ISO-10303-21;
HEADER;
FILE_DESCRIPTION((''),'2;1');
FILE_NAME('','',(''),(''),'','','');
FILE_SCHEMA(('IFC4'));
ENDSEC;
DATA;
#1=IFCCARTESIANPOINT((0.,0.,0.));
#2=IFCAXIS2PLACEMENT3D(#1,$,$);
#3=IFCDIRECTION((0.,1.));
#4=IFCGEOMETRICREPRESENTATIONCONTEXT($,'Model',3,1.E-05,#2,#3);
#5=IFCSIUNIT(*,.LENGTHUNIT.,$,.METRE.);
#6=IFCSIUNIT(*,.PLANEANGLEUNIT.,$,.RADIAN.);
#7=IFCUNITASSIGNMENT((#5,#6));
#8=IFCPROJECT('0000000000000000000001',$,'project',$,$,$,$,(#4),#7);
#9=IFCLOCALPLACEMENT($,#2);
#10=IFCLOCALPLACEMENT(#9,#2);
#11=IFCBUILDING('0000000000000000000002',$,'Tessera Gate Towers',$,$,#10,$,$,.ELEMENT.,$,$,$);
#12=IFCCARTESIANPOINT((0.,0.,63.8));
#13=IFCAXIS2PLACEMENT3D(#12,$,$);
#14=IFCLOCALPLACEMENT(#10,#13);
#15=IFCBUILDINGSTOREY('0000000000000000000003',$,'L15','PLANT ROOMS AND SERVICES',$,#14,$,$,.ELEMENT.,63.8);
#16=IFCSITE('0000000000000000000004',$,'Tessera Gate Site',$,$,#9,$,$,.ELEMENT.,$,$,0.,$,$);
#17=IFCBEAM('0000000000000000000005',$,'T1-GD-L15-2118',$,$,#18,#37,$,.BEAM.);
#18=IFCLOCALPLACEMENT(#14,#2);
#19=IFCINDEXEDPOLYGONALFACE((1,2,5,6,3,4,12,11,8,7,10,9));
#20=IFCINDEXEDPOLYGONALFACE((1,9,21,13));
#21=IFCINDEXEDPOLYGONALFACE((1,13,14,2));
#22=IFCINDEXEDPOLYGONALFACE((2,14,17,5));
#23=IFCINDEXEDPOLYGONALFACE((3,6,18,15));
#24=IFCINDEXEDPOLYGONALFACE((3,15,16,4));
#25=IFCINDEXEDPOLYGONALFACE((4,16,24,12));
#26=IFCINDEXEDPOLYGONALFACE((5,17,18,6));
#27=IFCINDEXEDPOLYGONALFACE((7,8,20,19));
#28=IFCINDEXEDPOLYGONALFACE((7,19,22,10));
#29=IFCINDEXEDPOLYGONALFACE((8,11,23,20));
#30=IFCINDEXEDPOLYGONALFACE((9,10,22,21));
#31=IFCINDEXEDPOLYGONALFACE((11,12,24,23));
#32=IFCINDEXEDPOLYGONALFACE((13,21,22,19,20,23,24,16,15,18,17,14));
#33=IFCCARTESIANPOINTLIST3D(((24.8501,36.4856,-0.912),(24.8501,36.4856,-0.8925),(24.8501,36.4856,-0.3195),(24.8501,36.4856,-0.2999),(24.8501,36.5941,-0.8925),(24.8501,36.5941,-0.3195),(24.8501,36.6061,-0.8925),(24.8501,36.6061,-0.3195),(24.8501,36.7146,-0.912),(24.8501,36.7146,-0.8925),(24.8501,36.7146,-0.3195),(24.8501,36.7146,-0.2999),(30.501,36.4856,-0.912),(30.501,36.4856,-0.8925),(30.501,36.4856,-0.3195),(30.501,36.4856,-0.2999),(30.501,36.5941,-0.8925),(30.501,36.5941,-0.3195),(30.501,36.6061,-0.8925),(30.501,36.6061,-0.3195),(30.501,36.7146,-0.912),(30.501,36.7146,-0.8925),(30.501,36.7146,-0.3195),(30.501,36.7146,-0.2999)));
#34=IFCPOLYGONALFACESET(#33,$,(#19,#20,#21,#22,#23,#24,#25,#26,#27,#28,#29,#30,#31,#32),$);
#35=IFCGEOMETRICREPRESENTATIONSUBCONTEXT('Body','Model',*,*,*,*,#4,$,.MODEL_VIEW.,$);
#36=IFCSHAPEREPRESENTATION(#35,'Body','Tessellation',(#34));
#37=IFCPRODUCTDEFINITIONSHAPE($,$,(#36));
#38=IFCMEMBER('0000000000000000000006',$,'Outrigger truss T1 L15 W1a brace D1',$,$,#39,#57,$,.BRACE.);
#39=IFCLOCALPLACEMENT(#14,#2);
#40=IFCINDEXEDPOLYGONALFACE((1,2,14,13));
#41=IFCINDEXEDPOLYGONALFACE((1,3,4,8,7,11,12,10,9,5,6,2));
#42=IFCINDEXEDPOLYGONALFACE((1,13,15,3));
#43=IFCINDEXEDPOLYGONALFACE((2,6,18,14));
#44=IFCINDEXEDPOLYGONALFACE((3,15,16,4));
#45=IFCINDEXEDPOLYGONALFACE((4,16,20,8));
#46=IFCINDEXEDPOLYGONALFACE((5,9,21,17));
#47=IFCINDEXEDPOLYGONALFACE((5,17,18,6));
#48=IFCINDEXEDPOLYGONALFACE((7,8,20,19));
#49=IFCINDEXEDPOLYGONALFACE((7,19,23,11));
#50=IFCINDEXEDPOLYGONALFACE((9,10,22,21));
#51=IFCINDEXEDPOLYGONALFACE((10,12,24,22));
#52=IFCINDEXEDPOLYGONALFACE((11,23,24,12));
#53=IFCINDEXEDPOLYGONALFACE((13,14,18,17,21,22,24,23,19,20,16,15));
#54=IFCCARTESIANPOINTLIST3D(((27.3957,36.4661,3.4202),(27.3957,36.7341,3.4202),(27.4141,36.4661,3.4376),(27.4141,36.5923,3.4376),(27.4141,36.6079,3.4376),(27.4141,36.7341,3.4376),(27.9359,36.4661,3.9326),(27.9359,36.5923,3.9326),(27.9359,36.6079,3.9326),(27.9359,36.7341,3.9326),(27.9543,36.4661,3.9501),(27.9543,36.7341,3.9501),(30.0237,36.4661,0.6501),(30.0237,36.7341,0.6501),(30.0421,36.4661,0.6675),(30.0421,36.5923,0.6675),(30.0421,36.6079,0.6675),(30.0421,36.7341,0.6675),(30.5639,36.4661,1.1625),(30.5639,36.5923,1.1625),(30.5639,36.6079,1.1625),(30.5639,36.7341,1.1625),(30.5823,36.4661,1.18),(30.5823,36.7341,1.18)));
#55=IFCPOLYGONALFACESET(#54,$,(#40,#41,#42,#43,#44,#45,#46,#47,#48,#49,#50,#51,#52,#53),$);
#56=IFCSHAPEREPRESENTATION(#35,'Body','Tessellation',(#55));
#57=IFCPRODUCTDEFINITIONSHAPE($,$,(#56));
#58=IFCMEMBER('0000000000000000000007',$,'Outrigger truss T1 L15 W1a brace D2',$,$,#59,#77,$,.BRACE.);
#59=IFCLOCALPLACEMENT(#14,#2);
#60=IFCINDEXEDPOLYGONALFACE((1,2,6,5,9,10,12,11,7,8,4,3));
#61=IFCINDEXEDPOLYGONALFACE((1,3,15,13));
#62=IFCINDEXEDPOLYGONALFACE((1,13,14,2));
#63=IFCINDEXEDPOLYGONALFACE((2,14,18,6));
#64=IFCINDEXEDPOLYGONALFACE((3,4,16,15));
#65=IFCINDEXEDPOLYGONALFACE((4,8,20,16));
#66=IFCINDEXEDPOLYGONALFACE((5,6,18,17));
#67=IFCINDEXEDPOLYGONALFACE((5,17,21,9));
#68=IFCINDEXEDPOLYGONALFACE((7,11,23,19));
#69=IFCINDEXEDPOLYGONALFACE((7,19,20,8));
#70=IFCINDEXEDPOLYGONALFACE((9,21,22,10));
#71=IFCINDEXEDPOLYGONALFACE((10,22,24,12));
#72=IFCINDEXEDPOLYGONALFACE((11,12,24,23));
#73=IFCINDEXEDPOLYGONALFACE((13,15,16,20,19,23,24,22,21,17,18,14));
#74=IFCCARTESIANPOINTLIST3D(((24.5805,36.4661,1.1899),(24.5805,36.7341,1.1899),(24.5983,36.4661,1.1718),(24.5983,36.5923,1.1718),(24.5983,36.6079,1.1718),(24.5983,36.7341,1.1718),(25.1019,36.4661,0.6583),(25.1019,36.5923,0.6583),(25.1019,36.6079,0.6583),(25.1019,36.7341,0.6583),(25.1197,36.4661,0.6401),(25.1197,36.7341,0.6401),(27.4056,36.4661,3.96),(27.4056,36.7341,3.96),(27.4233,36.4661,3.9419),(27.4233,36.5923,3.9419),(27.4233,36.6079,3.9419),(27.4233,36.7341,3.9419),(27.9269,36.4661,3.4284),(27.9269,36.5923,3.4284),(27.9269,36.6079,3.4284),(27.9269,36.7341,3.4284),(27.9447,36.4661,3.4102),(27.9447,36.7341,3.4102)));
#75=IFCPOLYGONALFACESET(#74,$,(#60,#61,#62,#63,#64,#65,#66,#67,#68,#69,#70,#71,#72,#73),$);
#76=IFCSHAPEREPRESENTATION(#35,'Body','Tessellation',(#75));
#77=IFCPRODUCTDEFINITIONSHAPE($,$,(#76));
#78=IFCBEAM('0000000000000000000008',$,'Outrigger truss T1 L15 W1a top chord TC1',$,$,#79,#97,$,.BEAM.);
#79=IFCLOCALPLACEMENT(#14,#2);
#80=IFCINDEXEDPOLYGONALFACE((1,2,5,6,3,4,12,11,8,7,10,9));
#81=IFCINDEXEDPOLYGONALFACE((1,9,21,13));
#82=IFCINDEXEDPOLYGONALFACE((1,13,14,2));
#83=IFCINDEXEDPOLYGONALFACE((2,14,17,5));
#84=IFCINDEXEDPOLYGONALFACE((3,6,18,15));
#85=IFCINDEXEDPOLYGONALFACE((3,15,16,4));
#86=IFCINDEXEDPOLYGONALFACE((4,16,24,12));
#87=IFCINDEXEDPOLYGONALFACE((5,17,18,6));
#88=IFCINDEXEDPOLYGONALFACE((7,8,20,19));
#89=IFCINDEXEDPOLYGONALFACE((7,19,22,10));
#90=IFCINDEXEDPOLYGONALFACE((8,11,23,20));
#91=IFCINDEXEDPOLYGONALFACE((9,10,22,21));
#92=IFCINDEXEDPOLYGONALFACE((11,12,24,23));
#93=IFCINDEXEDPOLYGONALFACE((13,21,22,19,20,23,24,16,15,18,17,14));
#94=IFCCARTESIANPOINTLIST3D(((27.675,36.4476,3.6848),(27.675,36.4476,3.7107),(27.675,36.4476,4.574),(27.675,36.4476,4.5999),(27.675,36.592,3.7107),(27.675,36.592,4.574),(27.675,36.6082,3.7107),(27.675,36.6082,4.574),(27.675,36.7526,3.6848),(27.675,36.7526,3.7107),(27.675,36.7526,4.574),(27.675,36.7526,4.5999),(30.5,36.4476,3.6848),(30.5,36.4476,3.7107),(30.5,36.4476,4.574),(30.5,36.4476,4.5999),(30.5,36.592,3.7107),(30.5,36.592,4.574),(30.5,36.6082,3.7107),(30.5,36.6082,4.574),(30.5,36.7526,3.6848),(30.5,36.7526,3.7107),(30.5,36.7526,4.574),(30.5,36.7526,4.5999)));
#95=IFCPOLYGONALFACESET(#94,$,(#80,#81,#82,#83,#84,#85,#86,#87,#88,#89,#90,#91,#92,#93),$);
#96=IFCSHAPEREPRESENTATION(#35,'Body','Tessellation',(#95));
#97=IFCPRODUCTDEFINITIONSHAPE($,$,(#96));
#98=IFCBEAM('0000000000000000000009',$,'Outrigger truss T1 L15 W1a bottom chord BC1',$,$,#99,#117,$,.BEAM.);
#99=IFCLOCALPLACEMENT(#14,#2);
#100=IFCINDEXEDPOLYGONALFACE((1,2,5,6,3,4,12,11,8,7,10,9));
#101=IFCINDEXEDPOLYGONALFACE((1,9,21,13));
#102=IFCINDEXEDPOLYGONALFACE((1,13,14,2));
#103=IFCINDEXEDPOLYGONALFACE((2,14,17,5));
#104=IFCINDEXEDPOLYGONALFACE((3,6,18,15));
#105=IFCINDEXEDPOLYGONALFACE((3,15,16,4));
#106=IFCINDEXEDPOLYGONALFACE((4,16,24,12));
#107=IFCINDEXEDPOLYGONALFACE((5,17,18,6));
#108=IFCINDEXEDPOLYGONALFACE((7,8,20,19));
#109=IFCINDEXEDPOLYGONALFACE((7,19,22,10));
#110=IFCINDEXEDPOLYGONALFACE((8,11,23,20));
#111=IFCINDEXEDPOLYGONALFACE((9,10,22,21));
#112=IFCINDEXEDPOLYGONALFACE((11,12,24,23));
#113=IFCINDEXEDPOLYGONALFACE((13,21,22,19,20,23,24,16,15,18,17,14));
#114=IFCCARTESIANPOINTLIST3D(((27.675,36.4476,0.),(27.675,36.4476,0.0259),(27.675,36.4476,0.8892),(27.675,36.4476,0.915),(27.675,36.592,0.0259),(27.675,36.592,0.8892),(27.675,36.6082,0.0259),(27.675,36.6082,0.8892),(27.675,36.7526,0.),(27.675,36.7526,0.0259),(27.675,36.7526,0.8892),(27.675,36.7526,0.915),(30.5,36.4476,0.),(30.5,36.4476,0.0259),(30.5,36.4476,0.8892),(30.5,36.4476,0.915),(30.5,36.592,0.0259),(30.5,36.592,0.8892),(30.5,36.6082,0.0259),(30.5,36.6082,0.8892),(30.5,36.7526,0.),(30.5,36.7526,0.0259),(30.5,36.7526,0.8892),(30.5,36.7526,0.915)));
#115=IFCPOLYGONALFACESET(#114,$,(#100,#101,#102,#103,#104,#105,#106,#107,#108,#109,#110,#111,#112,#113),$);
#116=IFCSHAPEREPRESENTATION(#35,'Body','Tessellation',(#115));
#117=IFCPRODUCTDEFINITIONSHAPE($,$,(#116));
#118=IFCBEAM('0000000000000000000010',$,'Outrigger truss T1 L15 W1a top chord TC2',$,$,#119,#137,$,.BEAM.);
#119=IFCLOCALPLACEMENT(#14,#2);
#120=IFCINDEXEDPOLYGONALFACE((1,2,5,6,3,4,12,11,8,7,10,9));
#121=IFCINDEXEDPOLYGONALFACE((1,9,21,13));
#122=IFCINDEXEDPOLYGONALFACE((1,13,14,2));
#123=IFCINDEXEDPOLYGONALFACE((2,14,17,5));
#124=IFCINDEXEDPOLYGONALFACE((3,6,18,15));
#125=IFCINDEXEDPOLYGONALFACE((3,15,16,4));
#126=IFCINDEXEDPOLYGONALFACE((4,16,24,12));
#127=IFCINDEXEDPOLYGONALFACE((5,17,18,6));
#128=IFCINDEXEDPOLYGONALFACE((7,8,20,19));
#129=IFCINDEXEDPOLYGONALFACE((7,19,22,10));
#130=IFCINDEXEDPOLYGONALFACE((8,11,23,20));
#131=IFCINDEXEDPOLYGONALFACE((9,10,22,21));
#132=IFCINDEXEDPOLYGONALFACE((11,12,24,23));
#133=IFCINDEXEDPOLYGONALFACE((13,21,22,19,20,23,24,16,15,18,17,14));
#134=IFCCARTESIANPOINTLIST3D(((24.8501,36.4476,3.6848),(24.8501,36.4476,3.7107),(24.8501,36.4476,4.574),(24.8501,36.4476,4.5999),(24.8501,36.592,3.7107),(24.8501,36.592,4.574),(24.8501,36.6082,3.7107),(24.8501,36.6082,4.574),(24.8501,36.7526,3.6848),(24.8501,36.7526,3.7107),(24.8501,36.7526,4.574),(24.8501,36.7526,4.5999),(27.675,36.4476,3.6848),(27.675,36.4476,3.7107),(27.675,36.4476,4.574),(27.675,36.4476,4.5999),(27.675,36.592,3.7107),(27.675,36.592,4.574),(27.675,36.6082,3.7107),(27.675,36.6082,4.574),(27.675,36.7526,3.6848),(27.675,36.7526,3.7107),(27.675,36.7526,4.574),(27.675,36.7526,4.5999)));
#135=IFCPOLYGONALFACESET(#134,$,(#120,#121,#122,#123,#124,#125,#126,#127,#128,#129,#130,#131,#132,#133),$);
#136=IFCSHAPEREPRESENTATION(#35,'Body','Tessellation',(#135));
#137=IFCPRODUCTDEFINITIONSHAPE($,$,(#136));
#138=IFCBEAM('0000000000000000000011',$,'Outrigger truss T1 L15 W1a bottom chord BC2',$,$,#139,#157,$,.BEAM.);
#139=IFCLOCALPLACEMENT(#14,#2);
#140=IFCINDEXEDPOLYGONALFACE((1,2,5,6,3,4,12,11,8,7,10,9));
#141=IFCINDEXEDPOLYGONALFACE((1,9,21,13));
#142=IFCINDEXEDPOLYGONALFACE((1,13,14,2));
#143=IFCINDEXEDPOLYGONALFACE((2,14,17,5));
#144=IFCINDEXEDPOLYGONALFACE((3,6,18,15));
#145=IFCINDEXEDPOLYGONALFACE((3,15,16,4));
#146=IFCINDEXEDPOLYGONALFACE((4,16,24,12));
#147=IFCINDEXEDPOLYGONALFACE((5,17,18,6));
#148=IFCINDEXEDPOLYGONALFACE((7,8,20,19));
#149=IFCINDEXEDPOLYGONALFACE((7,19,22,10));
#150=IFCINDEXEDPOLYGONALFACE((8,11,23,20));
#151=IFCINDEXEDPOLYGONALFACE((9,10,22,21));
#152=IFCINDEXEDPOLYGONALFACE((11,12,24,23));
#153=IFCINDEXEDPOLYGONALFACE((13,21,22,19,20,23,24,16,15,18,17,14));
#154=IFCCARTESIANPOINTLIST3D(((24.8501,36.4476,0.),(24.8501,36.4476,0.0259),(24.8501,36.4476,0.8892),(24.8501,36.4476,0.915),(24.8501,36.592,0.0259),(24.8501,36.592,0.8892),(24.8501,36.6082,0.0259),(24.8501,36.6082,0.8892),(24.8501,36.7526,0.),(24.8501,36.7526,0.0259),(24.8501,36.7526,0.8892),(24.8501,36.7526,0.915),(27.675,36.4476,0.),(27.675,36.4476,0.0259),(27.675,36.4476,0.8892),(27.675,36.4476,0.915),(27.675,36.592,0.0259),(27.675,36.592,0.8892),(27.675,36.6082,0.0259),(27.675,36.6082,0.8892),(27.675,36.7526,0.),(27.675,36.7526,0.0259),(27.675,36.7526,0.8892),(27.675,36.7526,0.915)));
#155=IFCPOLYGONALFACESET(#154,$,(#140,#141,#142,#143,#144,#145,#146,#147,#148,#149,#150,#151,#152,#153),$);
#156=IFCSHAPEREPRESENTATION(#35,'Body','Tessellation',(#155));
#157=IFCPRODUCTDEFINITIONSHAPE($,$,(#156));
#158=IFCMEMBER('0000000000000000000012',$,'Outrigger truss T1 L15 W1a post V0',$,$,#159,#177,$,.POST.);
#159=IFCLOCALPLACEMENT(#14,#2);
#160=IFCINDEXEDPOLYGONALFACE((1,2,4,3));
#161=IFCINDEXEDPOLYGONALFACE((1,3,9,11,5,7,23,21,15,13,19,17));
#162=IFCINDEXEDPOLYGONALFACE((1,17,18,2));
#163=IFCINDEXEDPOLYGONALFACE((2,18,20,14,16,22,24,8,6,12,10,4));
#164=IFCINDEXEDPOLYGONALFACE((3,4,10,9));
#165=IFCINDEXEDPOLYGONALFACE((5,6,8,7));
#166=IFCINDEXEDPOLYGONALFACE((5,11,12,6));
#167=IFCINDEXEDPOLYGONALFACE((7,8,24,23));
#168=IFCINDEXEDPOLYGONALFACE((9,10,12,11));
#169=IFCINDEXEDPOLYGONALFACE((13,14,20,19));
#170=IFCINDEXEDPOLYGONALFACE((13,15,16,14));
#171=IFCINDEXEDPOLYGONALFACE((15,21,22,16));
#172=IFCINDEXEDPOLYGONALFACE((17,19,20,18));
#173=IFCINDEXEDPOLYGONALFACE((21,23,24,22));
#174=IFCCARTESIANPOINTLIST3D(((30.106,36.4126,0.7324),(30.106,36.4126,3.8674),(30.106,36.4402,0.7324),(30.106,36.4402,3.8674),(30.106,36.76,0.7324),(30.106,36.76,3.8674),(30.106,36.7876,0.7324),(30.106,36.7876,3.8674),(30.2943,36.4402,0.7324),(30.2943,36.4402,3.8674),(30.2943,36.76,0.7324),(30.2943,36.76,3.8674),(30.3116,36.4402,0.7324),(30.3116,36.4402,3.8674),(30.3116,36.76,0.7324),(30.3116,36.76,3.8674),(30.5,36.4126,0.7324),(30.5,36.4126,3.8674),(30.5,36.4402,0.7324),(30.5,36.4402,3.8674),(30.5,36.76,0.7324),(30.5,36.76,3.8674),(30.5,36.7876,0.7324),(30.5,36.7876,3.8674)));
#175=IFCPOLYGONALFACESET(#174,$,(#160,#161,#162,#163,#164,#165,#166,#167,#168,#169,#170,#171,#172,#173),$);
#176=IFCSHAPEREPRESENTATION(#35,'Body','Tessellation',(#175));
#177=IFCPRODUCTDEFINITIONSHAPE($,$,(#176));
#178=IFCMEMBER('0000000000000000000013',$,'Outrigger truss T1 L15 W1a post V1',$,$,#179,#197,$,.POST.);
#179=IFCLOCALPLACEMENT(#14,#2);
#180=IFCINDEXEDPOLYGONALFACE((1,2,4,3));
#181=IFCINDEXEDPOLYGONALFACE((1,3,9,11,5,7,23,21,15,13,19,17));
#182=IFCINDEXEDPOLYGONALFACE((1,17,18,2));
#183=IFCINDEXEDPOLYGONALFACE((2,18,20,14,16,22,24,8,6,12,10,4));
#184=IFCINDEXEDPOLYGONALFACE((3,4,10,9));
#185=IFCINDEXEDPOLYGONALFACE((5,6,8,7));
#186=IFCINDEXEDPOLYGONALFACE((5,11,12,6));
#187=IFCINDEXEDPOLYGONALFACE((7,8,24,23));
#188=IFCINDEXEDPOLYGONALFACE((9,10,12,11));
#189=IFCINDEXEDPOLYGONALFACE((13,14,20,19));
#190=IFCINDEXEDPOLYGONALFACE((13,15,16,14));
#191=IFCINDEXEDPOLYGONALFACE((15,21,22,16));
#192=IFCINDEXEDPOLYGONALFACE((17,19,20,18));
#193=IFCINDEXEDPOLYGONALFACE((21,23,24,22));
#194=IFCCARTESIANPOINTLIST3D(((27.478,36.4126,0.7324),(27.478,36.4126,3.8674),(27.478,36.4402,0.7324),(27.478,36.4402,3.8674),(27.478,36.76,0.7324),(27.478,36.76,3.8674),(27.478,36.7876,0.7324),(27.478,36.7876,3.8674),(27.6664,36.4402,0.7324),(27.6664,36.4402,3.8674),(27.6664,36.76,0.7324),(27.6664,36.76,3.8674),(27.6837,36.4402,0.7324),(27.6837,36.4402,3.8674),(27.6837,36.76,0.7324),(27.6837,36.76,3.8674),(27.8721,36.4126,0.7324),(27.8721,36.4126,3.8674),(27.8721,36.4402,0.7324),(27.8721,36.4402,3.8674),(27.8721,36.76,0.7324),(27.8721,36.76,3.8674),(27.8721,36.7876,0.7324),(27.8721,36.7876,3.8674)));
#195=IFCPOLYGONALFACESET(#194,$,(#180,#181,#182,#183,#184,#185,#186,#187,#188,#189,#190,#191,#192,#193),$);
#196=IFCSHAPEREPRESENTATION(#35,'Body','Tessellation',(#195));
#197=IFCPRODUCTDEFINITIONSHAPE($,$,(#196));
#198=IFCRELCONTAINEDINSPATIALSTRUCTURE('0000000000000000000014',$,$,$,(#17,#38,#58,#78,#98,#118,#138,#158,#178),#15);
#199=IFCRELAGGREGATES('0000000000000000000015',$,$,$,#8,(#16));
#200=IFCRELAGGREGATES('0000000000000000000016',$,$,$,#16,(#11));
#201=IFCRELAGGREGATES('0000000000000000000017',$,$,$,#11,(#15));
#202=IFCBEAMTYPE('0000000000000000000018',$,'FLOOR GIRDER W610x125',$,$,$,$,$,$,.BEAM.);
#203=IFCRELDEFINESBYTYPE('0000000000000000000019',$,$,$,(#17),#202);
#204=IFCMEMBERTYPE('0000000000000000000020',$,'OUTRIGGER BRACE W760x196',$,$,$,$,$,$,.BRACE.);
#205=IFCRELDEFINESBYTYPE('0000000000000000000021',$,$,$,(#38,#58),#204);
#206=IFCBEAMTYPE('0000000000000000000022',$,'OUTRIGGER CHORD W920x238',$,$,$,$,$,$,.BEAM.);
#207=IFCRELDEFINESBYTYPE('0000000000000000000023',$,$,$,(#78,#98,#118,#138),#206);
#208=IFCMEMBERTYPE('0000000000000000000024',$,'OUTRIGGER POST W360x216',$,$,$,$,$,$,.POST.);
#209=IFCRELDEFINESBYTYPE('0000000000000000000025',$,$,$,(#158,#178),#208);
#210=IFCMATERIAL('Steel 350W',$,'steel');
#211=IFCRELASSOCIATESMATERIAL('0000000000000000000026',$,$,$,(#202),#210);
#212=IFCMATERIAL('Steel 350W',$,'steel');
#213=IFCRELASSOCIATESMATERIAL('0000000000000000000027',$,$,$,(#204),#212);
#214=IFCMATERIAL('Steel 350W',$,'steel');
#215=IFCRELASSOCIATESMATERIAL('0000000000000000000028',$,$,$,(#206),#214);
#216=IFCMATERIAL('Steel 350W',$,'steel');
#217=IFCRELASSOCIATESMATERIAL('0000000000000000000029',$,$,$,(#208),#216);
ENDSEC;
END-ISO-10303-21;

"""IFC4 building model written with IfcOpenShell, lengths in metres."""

from ifc_helpers import new_model, si_unit, direction, frame, origin, origin_2d, place, context, subcontext, project, spatial, i_section, extrude, material, material_profile, profile_set, type_object, element, save


model = new_model("IFC4")

# Units and contexts
model_context = context("Model", 3, precision=1e-05, world=origin(), true_north=direction((0.0, 1.0)))
body_context = subcontext(model_context, "Body", "Model", "MODEL_VIEW")
ifc_project = project(units=[si_unit("LENGTHUNIT", "METRE"), si_unit("PLANEANGLEUNIT", "RADIAN")], contexts=[model_context])

# Site, building, storey
site_placement = place(None, origin())
site = spatial("IfcSite", under=ifc_project, at=site_placement, Name="Tessera Gate Site", CompositionType="ELEMENT", RefElevation=0.0)
building_placement = place(site_placement, origin())
building = spatial("IfcBuilding", under=site, at=building_placement, Name="Tessera Gate Towers", CompositionType="ELEMENT")
storey_placement = place(building_placement, frame((0.0, 0.0, 63.8)))
storey = spatial("IfcBuildingStorey", under=building, at=storey_placement, Name="L15", Description="PLANT ROOMS AND SERVICES", CompositionType="ELEMENT", Elevation=63.8)

# Beam
ifc_material_1 = material(Name="Steel 350W", Category="steel")
ifc_material_profile_1 = material_profile(ifc_material_1, i_section(OverallWidth=0.229, OverallDepth=0.6121, WebThickness=0.012, FlangeThickness=0.0195, at=origin_2d()), Name="W610x125")
ifc_profile_set_1 = profile_set([ifc_material_profile_1], Name="Steel 350W")
beam_type_1 = type_object("IfcBeamType", Name="FLOOR GIRDER W610x125", PredefinedType="BEAM", material=ifc_profile_set_1)
beam_placement = place(storey_placement, frame((24.8501, 36.6001, -0.606), z_axis=(1.0, 0.0, 0.0), x_axis=(0.0, 1.0, 0.0)))
element("IfcBeam", 1, at=beam_placement, inside=storey, type_object=beam_type_1, Name="T1-GD-L15-2118", PredefinedType="BEAM", context=body_context, shape_type="SweptSolid", body=[
    extrude(i_section(OverallWidth=0.229, OverallDepth=0.6121, WebThickness=0.012, FlangeThickness=0.0195, at=origin_2d()), origin(), (0.0, 0.0, 1.0), 5.6509),
])

# Members
ifc_material_2 = material(Name="Steel 350W", Category="steel")
ifc_material_profile_2 = material_profile(ifc_material_2, i_section(OverallWidth=0.2681, OverallDepth=0.77, WebThickness=0.0156, FlangeThickness=0.0254, at=origin_2d()), Name="W760x196")
ifc_profile_set_2 = profile_set([ifc_material_profile_2], Name="Steel 350W")
member_type_1 = type_object("IfcMemberType", Name="OUTRIGGER BRACE W760x196", PredefinedType="BRACE", material=ifc_profile_set_2)
member_1_placement = place(storey_placement, frame((30.303, 36.6001, 0.915), z_axis=(-0.688255, 0.0, 0.725469), x_axis=(0.0, -1.0, 0.0)))
element("IfcMember", 2, at=member_1_placement, inside=storey, type_object=member_type_1, Name="Outrigger truss T1 L15 W1a brace D1", PredefinedType="BRACE", context=body_context, shape_type="SweptSolid", body=[
    extrude(i_section(OverallWidth=0.2681, OverallDepth=0.77, WebThickness=0.0156, FlangeThickness=0.0254, at=origin_2d()), origin(), (0.0, 0.0, 1.0), 3.8184),
])
member_2_placement = place(storey_placement, frame((24.8501, 36.6001, 0.915), z_axis=(0.714015, 0.0, 0.700131), x_axis=(0.0, 1.0, 0.0)))
element("IfcMember", 3, at=member_2_placement, inside=storey, type_object=member_type_1, Name="Outrigger truss T1 L15 W1a brace D2", PredefinedType="BRACE", context=body_context, shape_type="SweptSolid", body=[
    extrude(i_section(OverallWidth=0.2681, OverallDepth=0.77, WebThickness=0.0156, FlangeThickness=0.0254, at=origin_2d()), origin(), (0.0, 0.0, 1.0), 3.9565),
])

# Beams
ifc_material_3 = material(Name="Steel 350W", Category="steel")
ifc_material_profile_3 = material_profile(ifc_material_3, i_section(OverallWidth=0.3049, OverallDepth=0.915, WebThickness=0.0161, FlangeThickness=0.0259, at=origin_2d()), Name="W920x238")
ifc_profile_set_3 = profile_set([ifc_material_profile_3], Name="Steel 350W")
beam_type_2 = type_object("IfcBeamType", Name="OUTRIGGER CHORD W920x238", PredefinedType="BEAM", material=ifc_profile_set_3)
for number, where, z_axis, x_axis, name in (
    (4, (30.5, 36.6001, 4.1423), (-1.0, 0.0, 0.0), (0.0, -1.0, 0.0), "Outrigger truss T1 L15 W1a top chord TC1"),
    (5, (30.5, 36.6001, 0.4575), (-1.0, 0.0, 0.0), (0.0, -1.0, 0.0), "Outrigger truss T1 L15 W1a bottom chord BC1"),
    (6, (27.675, 36.6001, 4.1423), (-1.0, 0.0, 0.0), (0.0, -1.0, 0.0), "Outrigger truss T1 L15 W1a top chord TC2"),
    (7, (27.675, 36.6001, 0.4575), (-1.0, 0.0, 0.0), (0.0, -1.0, 0.0), "Outrigger truss T1 L15 W1a bottom chord BC2"),
):
    element("IfcBeam", number, at=place(storey_placement, frame(where, z_axis=z_axis, x_axis=x_axis)), inside=storey, type_object=beam_type_2, Name=name, PredefinedType="BEAM", context=body_context, shape_type="SweptSolid", body=[
        extrude(i_section(OverallWidth=0.3049, OverallDepth=0.915, WebThickness=0.0161, FlangeThickness=0.0259, at=origin_2d()), origin(), (0.0, 0.0, 1.0), 2.825),
    ])

# Members
ifc_material_4 = material(Name="Steel 350W", Category="steel")
ifc_material_profile_4 = material_profile(ifc_material_4, i_section(OverallWidth=0.394, OverallDepth=0.375, WebThickness=0.0173, FlangeThickness=0.0276, at=origin_2d()), Name="W360x216")
ifc_profile_set_4 = profile_set([ifc_material_profile_4], Name="Steel 350W")
member_type_2 = type_object("IfcMemberType", Name="OUTRIGGER POST W360x216", PredefinedType="POST", material=ifc_profile_set_4)
for number, where, z_axis, x_axis, name in (
    (8, (30.303, 36.6001, 0.7324), (0.0, 0.0, 1.0), (1.0, 0.0, 0.0), "Outrigger truss T1 L15 W1a post V0"),
    (9, (27.675, 36.6001, 0.7324), (0.0, 0.0, 1.0), (1.0, 0.0, 0.0), "Outrigger truss T1 L15 W1a post V1"),
):
    element("IfcMember", number, at=place(storey_placement, frame(where, z_axis=z_axis, x_axis=x_axis)), inside=storey, type_object=member_type_2, Name=name, PredefinedType="POST", context=body_context, shape_type="SweptSolid", body=[
        extrude(i_section(OverallWidth=0.394, OverallDepth=0.375, WebThickness=0.0173, FlangeThickness=0.0276, at=origin_2d()), origin(), (0.0, 0.0, 1.0), 3.135),
    ])

save(model, "model.ifc")
